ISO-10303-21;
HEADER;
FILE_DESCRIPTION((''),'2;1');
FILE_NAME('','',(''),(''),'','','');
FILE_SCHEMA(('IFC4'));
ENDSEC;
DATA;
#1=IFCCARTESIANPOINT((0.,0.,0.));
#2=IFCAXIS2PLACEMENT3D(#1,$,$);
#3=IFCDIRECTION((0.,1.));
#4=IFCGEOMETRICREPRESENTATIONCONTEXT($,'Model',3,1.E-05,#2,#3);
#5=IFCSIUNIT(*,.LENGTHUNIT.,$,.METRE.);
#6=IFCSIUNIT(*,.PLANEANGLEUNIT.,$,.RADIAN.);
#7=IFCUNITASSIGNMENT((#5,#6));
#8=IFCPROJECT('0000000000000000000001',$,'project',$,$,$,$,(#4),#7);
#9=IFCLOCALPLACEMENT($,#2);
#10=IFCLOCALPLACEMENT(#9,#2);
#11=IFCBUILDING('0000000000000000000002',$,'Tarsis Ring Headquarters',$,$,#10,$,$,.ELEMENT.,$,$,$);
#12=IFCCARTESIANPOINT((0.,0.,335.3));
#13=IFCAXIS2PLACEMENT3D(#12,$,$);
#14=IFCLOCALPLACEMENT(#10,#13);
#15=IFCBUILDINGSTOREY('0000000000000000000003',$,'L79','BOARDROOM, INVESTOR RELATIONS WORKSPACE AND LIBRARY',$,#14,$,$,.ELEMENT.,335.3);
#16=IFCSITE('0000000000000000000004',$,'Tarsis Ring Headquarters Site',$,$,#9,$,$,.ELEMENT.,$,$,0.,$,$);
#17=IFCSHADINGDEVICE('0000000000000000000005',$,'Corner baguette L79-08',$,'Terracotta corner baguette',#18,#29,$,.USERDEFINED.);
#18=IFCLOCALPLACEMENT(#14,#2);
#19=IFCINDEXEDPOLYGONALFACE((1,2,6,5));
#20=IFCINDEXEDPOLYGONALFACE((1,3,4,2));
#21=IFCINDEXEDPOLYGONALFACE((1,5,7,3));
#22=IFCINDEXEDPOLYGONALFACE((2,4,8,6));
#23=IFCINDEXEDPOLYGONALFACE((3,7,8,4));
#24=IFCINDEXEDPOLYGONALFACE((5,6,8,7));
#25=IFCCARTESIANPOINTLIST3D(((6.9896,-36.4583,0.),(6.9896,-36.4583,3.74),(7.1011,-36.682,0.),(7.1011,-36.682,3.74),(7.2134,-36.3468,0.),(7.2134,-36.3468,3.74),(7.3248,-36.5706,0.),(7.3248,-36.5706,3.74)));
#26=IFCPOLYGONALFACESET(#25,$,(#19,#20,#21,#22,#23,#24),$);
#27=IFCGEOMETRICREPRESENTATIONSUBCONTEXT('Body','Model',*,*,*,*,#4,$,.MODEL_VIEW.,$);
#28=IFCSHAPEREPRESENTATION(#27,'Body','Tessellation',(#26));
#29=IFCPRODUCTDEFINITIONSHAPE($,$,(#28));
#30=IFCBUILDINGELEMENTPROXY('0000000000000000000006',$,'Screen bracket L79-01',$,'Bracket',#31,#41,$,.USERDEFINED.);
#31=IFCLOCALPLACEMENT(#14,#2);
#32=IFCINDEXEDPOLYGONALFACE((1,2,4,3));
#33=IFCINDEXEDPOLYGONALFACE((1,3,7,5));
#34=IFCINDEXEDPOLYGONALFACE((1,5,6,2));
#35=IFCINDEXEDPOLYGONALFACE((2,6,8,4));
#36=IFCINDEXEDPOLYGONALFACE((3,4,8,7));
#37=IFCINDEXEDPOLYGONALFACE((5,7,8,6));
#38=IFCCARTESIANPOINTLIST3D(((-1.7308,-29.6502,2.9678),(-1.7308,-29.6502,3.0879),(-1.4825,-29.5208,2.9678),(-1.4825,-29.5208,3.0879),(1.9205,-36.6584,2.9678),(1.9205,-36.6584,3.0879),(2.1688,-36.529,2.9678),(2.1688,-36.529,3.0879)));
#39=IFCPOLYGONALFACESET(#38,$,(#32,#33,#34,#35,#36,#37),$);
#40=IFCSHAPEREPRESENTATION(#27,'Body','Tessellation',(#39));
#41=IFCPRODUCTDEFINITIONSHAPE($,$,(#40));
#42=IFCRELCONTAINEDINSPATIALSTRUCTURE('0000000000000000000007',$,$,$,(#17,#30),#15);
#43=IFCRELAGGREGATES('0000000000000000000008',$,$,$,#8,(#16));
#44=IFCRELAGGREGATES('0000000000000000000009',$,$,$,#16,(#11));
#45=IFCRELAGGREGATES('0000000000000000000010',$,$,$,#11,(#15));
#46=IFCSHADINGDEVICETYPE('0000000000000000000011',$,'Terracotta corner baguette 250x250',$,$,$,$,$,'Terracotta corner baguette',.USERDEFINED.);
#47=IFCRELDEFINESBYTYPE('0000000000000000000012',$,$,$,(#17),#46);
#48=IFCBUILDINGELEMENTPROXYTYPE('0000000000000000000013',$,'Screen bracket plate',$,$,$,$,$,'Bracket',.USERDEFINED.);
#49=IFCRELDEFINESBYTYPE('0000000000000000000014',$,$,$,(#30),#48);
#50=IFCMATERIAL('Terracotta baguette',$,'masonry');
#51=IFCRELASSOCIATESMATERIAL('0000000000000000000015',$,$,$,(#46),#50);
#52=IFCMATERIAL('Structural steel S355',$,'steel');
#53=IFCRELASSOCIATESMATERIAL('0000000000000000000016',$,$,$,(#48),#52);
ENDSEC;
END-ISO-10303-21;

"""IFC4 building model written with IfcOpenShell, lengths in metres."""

from ifc_helpers import new_model, si_unit, direction, frame, origin, origin_2d, place, context, subcontext, project, spatial, rectangle, extrude, material, type_object, element, save


model = new_model("IFC4")

# Units and contexts
model_context = context("Model", 3, precision=1e-05, world=origin(), true_north=direction((0.0, 1.0)))
body_context = subcontext(model_context, "Body", "Model", "MODEL_VIEW")
ifc_project = project(units=[si_unit("LENGTHUNIT", "METRE"), si_unit("PLANEANGLEUNIT", "RADIAN")], contexts=[model_context])

# Site, building, storey
site_placement = place(None, origin())
site = spatial("IfcSite", under=ifc_project, at=site_placement, Name="Tarsis Ring Headquarters Site", CompositionType="ELEMENT", RefElevation=0.0)
building_placement = place(site_placement, origin())
building = spatial("IfcBuilding", under=site, at=building_placement, Name="Tarsis Ring Headquarters", CompositionType="ELEMENT")
storey_placement = place(building_placement, frame((0.0, 0.0, 335.3)))
storey = spatial("IfcBuildingStorey", under=building, at=storey_placement, Name="L79", Description="BOARDROOM, INVESTOR RELATIONS WORKSPACE AND LIBRARY", CompositionType="ELEMENT", Elevation=335.3)

# Shared definitions
ifc_material_1 = material(Name="Structural steel S355", Category="steel")

# Shading device
ifc_material_2 = material(Name="Terracotta baguette", Category="masonry")
shading_device_type = type_object("IfcShadingDeviceType", Name="Terracotta corner baguette 250x250", ElementType="Terracotta corner baguette", PredefinedType="USERDEFINED", material=ifc_material_2)
shading_device_placement = place(storey_placement, frame((7.1572, -36.5144, 0.0), z_axis=(0.0, 0.0, 1.0), x_axis=(0.89509, 0.445886, 0.0)))
element("IfcShadingDevice", 1, at=shading_device_placement, inside=storey, type_object=shading_device_type, Name="Corner baguette L79-08", ObjectType="Terracotta corner baguette", PredefinedType="USERDEFINED", context=body_context, shape_type="SweptSolid", body=[
    extrude(rectangle(XDim=0.25, YDim=0.25, at=origin_2d()), origin(), (0.0, 0.0, 1.0), 3.74),
])

# Building element proxy
building_element_proxy_type = type_object("IfcBuildingElementProxyType", Name="Screen bracket plate", ElementType="Bracket", PredefinedType="USERDEFINED", material=ifc_material_1)
proxy_placement = place(storey_placement, frame((0.219, -33.0896, 2.9678), z_axis=(0.0, 0.0, 1.0), x_axis=(0.462058, -0.88685, 0.0)))
element("IfcBuildingElementProxy", 2, at=proxy_placement, inside=storey, type_object=building_element_proxy_type, Name="Screen bracket L79-01", ObjectType="Bracket", PredefinedType="USERDEFINED", context=body_context, shape_type="SweptSolid", body=[
    extrude(rectangle(XDim=7.9023, YDim=0.28, at=origin_2d()), origin(), (0.0, 0.0, 1.0), 0.1201),
])

save(model, "model.ifc")
